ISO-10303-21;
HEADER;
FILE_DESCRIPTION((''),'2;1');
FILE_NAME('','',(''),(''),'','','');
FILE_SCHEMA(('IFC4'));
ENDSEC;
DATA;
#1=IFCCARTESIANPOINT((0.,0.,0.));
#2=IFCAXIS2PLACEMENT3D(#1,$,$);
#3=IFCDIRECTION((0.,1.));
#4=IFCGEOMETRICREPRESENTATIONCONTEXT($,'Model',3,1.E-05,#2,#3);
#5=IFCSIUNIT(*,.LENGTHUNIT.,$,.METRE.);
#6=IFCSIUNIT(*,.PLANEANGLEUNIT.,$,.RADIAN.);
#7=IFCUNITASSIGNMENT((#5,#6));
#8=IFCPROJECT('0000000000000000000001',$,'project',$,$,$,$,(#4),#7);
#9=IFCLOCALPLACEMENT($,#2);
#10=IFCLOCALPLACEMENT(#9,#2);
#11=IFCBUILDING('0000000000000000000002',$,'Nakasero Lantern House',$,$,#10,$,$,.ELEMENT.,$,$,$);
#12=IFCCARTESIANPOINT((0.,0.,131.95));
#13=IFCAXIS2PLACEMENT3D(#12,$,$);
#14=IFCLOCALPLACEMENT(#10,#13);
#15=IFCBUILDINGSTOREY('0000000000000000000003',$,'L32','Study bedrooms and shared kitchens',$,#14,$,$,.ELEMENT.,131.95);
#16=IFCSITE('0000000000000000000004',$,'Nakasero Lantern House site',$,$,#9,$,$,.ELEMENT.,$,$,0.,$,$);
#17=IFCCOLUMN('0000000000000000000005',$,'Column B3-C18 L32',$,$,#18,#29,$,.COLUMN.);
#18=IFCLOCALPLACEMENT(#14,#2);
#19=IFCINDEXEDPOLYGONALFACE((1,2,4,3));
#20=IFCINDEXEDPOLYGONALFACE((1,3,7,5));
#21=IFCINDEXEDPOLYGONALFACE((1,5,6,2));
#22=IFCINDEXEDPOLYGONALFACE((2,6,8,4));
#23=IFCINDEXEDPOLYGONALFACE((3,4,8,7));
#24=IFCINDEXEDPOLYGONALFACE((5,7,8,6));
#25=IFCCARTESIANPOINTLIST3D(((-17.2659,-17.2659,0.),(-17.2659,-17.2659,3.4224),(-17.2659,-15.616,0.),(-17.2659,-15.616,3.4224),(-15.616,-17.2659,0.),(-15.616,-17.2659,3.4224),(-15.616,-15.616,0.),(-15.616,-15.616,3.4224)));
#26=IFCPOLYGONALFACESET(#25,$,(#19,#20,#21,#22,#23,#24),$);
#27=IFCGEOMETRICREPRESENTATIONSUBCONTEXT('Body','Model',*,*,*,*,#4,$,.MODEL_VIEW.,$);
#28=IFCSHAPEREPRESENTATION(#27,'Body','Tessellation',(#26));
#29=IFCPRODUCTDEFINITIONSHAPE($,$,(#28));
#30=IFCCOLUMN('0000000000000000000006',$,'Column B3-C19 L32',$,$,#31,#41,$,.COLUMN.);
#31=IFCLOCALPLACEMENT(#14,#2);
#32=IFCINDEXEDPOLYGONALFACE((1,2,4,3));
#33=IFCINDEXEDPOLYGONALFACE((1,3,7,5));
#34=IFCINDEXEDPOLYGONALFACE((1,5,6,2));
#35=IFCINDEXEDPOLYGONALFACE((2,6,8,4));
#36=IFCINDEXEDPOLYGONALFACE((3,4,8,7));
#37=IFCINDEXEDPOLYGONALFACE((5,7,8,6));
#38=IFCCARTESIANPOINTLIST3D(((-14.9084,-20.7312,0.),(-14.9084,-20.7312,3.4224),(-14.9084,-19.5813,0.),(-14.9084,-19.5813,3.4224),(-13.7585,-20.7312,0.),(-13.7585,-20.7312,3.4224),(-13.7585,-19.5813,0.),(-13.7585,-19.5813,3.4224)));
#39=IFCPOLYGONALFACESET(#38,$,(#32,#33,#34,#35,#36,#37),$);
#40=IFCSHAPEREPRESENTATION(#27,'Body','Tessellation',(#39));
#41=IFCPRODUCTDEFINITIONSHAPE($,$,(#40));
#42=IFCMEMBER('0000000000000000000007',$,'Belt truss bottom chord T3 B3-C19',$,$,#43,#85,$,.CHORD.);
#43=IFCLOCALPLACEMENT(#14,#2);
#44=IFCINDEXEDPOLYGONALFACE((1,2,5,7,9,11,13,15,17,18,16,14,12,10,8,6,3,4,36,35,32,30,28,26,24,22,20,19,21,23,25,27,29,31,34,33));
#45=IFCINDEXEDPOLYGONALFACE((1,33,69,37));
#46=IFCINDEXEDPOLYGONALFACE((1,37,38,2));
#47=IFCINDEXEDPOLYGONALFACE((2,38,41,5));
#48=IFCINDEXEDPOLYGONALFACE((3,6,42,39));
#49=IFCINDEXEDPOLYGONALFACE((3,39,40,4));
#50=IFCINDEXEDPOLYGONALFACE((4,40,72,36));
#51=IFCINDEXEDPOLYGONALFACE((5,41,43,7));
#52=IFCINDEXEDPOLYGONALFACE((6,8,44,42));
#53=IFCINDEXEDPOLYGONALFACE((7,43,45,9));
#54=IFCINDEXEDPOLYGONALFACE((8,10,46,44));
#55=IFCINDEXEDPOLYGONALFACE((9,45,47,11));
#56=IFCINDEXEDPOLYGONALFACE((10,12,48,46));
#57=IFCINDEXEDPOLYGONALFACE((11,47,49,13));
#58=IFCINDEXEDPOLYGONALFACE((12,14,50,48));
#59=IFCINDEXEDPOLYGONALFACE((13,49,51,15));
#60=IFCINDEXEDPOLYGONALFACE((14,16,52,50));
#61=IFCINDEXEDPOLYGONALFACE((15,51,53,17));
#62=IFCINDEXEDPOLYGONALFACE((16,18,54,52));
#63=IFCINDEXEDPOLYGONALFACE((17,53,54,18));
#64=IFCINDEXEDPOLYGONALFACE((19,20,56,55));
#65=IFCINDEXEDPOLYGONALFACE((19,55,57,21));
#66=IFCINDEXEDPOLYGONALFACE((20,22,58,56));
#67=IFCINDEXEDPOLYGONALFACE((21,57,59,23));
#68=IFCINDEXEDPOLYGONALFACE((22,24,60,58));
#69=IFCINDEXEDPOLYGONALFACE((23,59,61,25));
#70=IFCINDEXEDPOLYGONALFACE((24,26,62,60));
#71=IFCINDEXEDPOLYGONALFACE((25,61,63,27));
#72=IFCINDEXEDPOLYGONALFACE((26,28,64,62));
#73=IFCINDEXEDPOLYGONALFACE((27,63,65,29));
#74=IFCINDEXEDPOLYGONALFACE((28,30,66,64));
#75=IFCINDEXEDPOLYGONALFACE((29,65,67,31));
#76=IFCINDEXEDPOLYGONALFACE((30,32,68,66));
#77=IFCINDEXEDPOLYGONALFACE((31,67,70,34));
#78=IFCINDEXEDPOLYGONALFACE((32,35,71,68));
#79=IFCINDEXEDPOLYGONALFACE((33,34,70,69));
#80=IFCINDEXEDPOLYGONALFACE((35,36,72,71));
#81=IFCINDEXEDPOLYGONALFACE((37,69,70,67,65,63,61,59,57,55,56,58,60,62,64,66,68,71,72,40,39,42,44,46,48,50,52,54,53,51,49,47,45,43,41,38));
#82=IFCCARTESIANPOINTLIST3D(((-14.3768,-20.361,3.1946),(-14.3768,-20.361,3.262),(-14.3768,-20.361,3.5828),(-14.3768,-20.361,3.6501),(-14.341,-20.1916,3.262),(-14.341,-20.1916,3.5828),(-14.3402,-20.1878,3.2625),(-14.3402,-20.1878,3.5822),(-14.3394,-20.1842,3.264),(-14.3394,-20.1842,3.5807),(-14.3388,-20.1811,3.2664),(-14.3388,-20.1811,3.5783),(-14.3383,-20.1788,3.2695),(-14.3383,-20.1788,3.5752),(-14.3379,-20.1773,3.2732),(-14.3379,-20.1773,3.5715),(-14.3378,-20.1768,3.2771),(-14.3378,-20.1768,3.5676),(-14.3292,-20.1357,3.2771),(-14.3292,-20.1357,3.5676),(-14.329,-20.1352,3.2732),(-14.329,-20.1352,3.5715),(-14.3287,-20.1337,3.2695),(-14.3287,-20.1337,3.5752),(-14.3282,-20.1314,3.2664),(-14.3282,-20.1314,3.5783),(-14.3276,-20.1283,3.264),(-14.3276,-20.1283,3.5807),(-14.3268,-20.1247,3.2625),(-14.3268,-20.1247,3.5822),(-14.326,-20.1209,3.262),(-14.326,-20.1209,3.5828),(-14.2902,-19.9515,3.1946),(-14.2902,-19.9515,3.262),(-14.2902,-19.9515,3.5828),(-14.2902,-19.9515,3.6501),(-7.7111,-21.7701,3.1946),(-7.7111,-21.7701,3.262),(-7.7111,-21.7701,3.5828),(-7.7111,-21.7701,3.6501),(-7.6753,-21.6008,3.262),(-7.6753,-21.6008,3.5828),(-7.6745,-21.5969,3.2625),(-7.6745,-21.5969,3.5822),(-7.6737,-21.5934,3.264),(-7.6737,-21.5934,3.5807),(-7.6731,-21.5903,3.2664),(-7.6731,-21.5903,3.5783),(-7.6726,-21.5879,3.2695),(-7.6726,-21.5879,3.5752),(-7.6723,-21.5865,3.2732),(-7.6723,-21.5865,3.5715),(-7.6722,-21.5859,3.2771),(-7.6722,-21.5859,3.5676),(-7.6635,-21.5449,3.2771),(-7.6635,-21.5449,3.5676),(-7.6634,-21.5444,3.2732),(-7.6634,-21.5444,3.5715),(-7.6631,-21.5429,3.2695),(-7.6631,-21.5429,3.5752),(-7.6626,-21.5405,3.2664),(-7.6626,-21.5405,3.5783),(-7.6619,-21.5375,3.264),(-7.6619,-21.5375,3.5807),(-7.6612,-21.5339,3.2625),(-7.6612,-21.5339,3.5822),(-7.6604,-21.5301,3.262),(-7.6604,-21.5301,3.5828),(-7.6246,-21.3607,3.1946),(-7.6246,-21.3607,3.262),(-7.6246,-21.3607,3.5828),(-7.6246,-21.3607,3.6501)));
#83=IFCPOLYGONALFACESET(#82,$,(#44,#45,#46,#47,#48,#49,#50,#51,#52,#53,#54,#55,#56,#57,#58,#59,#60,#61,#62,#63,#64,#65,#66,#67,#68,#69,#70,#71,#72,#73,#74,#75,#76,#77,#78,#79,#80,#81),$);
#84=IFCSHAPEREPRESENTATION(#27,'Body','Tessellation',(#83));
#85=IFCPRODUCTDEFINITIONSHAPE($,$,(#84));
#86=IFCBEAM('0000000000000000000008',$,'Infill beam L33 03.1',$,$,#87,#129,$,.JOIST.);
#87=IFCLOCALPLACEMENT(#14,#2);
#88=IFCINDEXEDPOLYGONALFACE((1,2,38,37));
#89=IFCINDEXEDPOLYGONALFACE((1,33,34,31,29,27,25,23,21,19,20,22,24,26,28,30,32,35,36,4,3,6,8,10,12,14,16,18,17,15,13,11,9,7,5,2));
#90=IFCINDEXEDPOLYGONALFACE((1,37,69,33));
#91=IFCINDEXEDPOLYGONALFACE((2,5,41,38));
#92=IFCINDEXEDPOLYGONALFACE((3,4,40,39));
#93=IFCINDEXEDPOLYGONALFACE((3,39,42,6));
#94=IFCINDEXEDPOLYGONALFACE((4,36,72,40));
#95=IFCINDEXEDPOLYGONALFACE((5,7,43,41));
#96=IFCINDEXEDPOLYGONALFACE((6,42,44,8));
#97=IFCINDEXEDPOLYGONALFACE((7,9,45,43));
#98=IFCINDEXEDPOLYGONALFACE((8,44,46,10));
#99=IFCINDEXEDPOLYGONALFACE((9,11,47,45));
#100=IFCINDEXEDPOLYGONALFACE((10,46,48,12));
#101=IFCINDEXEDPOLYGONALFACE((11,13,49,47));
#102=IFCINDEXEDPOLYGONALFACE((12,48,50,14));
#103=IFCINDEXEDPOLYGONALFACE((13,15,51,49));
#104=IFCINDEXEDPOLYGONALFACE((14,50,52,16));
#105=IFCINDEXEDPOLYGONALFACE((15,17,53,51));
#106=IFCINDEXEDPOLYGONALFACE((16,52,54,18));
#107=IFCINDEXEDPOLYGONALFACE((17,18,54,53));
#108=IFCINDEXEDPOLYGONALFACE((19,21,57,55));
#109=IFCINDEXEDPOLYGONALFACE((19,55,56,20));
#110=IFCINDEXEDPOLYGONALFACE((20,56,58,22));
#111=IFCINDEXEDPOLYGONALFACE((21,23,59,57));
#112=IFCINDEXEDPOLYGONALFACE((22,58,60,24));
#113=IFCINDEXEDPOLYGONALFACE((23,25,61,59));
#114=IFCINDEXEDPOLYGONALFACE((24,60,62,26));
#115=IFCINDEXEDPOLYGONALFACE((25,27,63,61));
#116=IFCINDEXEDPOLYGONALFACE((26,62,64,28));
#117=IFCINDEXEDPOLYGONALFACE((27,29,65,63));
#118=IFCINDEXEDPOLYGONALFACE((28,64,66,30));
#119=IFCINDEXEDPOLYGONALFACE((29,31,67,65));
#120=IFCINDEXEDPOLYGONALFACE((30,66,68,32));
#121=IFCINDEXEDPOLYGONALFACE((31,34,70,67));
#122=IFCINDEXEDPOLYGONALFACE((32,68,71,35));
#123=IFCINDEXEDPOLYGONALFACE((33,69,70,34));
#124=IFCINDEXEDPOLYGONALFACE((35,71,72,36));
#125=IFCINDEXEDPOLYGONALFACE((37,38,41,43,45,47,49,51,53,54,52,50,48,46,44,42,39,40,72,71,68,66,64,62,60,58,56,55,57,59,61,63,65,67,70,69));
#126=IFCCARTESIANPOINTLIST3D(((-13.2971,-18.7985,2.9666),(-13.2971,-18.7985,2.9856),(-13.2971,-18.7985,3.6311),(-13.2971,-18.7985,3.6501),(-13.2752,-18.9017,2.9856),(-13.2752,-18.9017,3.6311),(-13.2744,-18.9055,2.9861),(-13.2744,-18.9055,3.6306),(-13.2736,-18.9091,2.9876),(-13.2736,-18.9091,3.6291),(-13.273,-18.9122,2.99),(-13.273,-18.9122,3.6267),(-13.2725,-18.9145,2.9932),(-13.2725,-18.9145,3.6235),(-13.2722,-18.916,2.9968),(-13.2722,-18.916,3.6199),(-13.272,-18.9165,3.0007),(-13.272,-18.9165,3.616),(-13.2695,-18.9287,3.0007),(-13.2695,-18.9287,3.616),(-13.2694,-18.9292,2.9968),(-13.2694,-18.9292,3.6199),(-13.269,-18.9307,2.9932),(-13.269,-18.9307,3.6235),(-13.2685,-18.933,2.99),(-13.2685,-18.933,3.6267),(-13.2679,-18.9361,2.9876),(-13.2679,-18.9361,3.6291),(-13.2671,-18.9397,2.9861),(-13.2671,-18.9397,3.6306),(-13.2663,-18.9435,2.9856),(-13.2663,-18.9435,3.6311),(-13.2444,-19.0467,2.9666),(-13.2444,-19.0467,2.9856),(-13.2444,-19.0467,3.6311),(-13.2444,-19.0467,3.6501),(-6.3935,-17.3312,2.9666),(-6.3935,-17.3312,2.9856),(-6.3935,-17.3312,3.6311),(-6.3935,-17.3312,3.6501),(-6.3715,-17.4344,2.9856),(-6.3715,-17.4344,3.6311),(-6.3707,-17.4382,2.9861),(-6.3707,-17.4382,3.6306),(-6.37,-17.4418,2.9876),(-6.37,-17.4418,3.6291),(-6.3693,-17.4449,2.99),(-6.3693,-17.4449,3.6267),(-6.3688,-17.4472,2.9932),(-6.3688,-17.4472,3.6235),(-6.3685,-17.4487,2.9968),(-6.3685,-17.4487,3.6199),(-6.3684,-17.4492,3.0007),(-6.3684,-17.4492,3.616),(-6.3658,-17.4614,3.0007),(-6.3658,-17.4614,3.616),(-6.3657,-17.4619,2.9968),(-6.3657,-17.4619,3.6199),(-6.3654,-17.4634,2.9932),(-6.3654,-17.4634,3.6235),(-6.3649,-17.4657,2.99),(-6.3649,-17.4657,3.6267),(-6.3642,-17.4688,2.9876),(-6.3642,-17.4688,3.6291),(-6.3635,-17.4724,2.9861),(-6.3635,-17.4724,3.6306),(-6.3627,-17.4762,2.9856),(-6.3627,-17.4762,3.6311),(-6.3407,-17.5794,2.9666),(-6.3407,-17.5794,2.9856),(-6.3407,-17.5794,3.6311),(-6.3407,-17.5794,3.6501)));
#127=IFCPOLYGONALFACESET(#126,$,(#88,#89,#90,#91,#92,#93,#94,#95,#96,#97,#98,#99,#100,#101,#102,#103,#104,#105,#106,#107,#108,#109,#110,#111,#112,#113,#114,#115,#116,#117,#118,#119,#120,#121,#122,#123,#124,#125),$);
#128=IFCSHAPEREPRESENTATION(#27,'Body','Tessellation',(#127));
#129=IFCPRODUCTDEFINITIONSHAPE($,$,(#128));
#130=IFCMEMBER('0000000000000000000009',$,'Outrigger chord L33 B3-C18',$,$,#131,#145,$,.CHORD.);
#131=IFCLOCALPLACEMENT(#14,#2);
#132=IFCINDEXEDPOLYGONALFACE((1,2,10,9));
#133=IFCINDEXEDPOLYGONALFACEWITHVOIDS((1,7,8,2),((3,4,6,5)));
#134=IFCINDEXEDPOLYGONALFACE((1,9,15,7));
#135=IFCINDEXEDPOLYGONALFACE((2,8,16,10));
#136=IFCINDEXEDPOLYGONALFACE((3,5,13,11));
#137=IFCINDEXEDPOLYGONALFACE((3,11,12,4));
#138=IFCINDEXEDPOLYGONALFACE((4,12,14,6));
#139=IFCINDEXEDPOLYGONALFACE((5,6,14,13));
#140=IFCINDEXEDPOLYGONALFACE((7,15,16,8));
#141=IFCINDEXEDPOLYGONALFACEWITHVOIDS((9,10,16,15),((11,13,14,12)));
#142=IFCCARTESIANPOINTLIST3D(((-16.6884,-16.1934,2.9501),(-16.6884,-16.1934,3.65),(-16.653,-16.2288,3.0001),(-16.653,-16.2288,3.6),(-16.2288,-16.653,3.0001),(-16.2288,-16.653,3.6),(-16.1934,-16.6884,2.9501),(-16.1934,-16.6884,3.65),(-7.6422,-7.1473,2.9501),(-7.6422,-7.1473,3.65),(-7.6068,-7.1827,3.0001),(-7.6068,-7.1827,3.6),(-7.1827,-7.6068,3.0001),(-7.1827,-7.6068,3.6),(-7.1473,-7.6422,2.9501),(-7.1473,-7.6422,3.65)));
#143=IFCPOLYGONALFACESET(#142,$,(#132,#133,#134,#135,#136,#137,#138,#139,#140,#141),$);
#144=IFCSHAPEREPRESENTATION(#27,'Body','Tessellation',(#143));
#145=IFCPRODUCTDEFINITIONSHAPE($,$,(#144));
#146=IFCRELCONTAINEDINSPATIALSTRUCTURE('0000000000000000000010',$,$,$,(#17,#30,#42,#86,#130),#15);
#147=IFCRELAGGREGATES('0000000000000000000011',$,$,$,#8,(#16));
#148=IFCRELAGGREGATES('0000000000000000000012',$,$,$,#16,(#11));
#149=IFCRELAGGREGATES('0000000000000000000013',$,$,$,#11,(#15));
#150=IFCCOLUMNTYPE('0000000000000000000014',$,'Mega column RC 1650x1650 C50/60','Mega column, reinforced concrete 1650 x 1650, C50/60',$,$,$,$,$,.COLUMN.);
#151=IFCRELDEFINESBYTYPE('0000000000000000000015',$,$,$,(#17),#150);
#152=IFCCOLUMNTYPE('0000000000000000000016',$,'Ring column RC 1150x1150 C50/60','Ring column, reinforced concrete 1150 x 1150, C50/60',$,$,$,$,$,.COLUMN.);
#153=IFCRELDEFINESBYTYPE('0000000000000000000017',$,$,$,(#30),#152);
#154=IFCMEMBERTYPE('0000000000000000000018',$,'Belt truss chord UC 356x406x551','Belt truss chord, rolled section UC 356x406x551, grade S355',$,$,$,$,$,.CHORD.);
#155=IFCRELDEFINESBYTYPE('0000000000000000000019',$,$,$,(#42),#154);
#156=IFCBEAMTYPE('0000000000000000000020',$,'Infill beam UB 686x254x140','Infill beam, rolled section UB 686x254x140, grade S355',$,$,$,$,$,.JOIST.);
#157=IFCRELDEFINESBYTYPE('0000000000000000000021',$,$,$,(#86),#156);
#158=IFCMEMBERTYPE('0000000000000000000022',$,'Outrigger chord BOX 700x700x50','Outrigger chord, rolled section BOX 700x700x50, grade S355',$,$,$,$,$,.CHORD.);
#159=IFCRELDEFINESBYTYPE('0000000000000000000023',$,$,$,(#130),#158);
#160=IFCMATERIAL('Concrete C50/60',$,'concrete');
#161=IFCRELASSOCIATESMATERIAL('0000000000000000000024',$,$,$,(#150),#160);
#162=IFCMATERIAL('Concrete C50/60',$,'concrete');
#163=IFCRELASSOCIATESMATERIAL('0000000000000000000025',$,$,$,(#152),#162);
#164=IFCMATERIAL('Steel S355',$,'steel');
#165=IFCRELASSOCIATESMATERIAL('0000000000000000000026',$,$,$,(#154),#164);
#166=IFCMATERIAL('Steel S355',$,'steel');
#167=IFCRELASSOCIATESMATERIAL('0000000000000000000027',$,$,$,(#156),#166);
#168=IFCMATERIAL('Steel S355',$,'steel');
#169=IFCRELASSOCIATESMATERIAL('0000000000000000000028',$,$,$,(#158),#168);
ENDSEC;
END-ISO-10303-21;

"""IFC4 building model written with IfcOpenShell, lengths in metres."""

from ifc_helpers import new_model, si_unit, direction, frame, origin, origin_2d, place, context, subcontext, project, spatial, rectangle, hollow_rectangle, i_section, extrude, material, material_profile, profile_set, type_object, element, save


model = new_model("IFC4")

# Units and contexts
model_context = context("Model", 3, precision=1e-05, world=origin(), true_north=direction((0.0, 1.0)))
body_context = subcontext(model_context, "Body", "Model", "MODEL_VIEW")
ifc_project = project(units=[si_unit("LENGTHUNIT", "METRE"), si_unit("PLANEANGLEUNIT", "RADIAN")], contexts=[model_context])

# Site, building, storey
site_placement = place(None, origin())
site = spatial("IfcSite", under=ifc_project, at=site_placement, Name="Nakasero Lantern House site", CompositionType="ELEMENT", RefElevation=0.0)
building_placement = place(site_placement, origin())
building = spatial("IfcBuilding", under=site, at=building_placement, Name="Nakasero Lantern House", CompositionType="ELEMENT")
storey_placement = place(building_placement, frame((0.0, 0.0, 131.95)))
storey = spatial("IfcBuildingStorey", under=building, at=storey_placement, Name="L32", Description="Study bedrooms and shared kitchens", CompositionType="ELEMENT", Elevation=131.95)

# Columns
ifc_material_1 = material(Name="Concrete C50/60", Category="concrete")
ifc_material_profile_1 = material_profile(ifc_material_1, rectangle(XDim=1.6499, YDim=1.6499, at=origin_2d()), Name="RC 1650x1650")
ifc_profile_set_1 = profile_set([ifc_material_profile_1], Name="Concrete C50/60")
column_type_1 = type_object("IfcColumnType", Name="Mega column RC 1650x1650 C50/60", Description="Mega column, reinforced concrete 1650 x 1650, C50/60", PredefinedType="COLUMN", material=ifc_profile_set_1)
column_1_placement = place(storey_placement, frame((-16.4409, -16.4409, 0.0), z_axis=(0.0, 0.0, 1.0), x_axis=(1.0, 0.0, 0.0)))
element("IfcColumn", 1, at=column_1_placement, inside=storey, type_object=column_type_1, Name="Column B3-C18 L32", PredefinedType="COLUMN", context=body_context, shape_type="SweptSolid", body=[
    extrude(rectangle(XDim=1.6499, YDim=1.6499, at=origin_2d()), origin(), (0.0, 0.0, 1.0), 3.4224),
])
ifc_material_2 = material(Name="Concrete C50/60", Category="concrete")
ifc_material_profile_2 = material_profile(ifc_material_2, rectangle(XDim=1.1499, YDim=1.1499, at=origin_2d()), Name="RC 1150x1150")
ifc_profile_set_2 = profile_set([ifc_material_profile_2], Name="Concrete C50/60")
column_type_2 = type_object("IfcColumnType", Name="Ring column RC 1150x1150 C50/60", Description="Ring column, reinforced concrete 1150 x 1150, C50/60", PredefinedType="COLUMN", material=ifc_profile_set_2)
column_2_placement = place(storey_placement, frame((-14.3335, -20.1562, 0.0), z_axis=(0.0, 0.0, 1.0), x_axis=(1.0, 0.0, 0.0)))
element("IfcColumn", 2, at=column_2_placement, inside=storey, type_object=column_type_2, Name="Column B3-C19 L32", PredefinedType="COLUMN", context=body_context, shape_type="SweptSolid", body=[
    extrude(rectangle(XDim=1.1499, YDim=1.1499, at=origin_2d()), origin(), (0.0, 0.0, 1.0), 3.4224),
])

# Member
ifc_material_3 = material(Name="Steel S355", Category="steel")
ifc_material_profile_3 = material_profile(ifc_material_3, i_section(OverallWidth=0.4185, OverallDepth=0.4556, WebThickness=0.042, FlangeThickness=0.0674, FilletRadius=0.0151, at=origin_2d()), Name="UC 356x406x551")
ifc_profile_set_3 = profile_set([ifc_material_profile_3], Name="Steel S355")
member_type_1 = type_object("IfcMemberType", Name="Belt truss chord UC 356x406x551", Description="Belt truss chord, rolled section UC 356x406x551, grade S355", PredefinedType="CHORD", material=ifc_profile_set_3)
member_1_placement = place(storey_placement, frame((-14.3335, -20.1562, 3.4224), z_axis=(0.978376, -0.206834, 0.0), x_axis=(0.206834, 0.978376, 0.0)))
element("IfcMember", 3, at=member_1_placement, inside=storey, type_object=member_type_1, Name="Belt truss bottom chord T3 B3-C19", PredefinedType="CHORD", context=body_context, shape_type="SweptSolid", body=[
    extrude(i_section(OverallWidth=0.4185, OverallDepth=0.4556, WebThickness=0.042, FlangeThickness=0.0674, FilletRadius=0.0151, at=origin_2d()), origin(), (0.0, 0.0, 1.0), 6.813),
])

# Beam
ifc_material_4 = material(Name="Steel S355", Category="steel")
ifc_material_profile_4 = material_profile(ifc_material_4, i_section(OverallWidth=0.2537, OverallDepth=0.6836, WebThickness=0.0125, FlangeThickness=0.019, FilletRadius=0.0151, at=origin_2d()), Name="UB 686x254x140")
ifc_profile_set_4 = profile_set([ifc_material_profile_4], Name="Steel S355")
beam_type_1 = type_object("IfcBeamType", Name="Infill beam UB 686x254x140", Description="Infill beam, rolled section UB 686x254x140, grade S355", PredefinedType="JOIST", material=ifc_profile_set_4)
beam_1_placement = place(storey_placement, frame((-13.2708, -18.9226, 3.3083), z_axis=(0.978151, 0.207896, 0.0), x_axis=(-0.207896, 0.978151, 0.0)))
element("IfcBeam", 4, at=beam_1_placement, inside=storey, type_object=beam_type_1, Name="Infill beam L33 03.1", PredefinedType="JOIST", context=body_context, shape_type="SweptSolid", body=[
    extrude(i_section(OverallWidth=0.2537, OverallDepth=0.6836, WebThickness=0.0125, FlangeThickness=0.019, FilletRadius=0.0151, at=origin_2d()), origin(), (0.0, 0.0, 1.0), 7.0579),
])

# Member
ifc_material_5 = material(Name="Steel S355", Category="steel")
ifc_material_profile_5 = material_profile(ifc_material_5, hollow_rectangle(XDim=0.7, YDim=0.7, WallThickness=0.05, at=origin_2d()), Name="BOX 700x700x50")
ifc_profile_set_5 = profile_set([ifc_material_profile_5], Name="Steel S355")
member_type_2 = type_object("IfcMemberType", Name="Outrigger chord BOX 700x700x50", Description="Outrigger chord, rolled section BOX 700x700x50, grade S355", PredefinedType="CHORD", material=ifc_profile_set_5)
member_2_placement = place(storey_placement, frame((-16.4409, -16.4409, 3.3), z_axis=(0.707107, 0.707107, 0.0), x_axis=(-0.707107, 0.707107, 0.0)))
element("IfcMember", 5, at=member_2_placement, inside=storey, type_object=member_type_2, Name="Outrigger chord L33 B3-C18", PredefinedType="CHORD", context=body_context, shape_type="SweptSolid", body=[
    extrude(hollow_rectangle(XDim=0.7, YDim=0.7, WallThickness=0.05, at=origin_2d()), origin(), (0.0, 0.0, 1.0), 12.7932),
])

save(model, "model.ifc")
